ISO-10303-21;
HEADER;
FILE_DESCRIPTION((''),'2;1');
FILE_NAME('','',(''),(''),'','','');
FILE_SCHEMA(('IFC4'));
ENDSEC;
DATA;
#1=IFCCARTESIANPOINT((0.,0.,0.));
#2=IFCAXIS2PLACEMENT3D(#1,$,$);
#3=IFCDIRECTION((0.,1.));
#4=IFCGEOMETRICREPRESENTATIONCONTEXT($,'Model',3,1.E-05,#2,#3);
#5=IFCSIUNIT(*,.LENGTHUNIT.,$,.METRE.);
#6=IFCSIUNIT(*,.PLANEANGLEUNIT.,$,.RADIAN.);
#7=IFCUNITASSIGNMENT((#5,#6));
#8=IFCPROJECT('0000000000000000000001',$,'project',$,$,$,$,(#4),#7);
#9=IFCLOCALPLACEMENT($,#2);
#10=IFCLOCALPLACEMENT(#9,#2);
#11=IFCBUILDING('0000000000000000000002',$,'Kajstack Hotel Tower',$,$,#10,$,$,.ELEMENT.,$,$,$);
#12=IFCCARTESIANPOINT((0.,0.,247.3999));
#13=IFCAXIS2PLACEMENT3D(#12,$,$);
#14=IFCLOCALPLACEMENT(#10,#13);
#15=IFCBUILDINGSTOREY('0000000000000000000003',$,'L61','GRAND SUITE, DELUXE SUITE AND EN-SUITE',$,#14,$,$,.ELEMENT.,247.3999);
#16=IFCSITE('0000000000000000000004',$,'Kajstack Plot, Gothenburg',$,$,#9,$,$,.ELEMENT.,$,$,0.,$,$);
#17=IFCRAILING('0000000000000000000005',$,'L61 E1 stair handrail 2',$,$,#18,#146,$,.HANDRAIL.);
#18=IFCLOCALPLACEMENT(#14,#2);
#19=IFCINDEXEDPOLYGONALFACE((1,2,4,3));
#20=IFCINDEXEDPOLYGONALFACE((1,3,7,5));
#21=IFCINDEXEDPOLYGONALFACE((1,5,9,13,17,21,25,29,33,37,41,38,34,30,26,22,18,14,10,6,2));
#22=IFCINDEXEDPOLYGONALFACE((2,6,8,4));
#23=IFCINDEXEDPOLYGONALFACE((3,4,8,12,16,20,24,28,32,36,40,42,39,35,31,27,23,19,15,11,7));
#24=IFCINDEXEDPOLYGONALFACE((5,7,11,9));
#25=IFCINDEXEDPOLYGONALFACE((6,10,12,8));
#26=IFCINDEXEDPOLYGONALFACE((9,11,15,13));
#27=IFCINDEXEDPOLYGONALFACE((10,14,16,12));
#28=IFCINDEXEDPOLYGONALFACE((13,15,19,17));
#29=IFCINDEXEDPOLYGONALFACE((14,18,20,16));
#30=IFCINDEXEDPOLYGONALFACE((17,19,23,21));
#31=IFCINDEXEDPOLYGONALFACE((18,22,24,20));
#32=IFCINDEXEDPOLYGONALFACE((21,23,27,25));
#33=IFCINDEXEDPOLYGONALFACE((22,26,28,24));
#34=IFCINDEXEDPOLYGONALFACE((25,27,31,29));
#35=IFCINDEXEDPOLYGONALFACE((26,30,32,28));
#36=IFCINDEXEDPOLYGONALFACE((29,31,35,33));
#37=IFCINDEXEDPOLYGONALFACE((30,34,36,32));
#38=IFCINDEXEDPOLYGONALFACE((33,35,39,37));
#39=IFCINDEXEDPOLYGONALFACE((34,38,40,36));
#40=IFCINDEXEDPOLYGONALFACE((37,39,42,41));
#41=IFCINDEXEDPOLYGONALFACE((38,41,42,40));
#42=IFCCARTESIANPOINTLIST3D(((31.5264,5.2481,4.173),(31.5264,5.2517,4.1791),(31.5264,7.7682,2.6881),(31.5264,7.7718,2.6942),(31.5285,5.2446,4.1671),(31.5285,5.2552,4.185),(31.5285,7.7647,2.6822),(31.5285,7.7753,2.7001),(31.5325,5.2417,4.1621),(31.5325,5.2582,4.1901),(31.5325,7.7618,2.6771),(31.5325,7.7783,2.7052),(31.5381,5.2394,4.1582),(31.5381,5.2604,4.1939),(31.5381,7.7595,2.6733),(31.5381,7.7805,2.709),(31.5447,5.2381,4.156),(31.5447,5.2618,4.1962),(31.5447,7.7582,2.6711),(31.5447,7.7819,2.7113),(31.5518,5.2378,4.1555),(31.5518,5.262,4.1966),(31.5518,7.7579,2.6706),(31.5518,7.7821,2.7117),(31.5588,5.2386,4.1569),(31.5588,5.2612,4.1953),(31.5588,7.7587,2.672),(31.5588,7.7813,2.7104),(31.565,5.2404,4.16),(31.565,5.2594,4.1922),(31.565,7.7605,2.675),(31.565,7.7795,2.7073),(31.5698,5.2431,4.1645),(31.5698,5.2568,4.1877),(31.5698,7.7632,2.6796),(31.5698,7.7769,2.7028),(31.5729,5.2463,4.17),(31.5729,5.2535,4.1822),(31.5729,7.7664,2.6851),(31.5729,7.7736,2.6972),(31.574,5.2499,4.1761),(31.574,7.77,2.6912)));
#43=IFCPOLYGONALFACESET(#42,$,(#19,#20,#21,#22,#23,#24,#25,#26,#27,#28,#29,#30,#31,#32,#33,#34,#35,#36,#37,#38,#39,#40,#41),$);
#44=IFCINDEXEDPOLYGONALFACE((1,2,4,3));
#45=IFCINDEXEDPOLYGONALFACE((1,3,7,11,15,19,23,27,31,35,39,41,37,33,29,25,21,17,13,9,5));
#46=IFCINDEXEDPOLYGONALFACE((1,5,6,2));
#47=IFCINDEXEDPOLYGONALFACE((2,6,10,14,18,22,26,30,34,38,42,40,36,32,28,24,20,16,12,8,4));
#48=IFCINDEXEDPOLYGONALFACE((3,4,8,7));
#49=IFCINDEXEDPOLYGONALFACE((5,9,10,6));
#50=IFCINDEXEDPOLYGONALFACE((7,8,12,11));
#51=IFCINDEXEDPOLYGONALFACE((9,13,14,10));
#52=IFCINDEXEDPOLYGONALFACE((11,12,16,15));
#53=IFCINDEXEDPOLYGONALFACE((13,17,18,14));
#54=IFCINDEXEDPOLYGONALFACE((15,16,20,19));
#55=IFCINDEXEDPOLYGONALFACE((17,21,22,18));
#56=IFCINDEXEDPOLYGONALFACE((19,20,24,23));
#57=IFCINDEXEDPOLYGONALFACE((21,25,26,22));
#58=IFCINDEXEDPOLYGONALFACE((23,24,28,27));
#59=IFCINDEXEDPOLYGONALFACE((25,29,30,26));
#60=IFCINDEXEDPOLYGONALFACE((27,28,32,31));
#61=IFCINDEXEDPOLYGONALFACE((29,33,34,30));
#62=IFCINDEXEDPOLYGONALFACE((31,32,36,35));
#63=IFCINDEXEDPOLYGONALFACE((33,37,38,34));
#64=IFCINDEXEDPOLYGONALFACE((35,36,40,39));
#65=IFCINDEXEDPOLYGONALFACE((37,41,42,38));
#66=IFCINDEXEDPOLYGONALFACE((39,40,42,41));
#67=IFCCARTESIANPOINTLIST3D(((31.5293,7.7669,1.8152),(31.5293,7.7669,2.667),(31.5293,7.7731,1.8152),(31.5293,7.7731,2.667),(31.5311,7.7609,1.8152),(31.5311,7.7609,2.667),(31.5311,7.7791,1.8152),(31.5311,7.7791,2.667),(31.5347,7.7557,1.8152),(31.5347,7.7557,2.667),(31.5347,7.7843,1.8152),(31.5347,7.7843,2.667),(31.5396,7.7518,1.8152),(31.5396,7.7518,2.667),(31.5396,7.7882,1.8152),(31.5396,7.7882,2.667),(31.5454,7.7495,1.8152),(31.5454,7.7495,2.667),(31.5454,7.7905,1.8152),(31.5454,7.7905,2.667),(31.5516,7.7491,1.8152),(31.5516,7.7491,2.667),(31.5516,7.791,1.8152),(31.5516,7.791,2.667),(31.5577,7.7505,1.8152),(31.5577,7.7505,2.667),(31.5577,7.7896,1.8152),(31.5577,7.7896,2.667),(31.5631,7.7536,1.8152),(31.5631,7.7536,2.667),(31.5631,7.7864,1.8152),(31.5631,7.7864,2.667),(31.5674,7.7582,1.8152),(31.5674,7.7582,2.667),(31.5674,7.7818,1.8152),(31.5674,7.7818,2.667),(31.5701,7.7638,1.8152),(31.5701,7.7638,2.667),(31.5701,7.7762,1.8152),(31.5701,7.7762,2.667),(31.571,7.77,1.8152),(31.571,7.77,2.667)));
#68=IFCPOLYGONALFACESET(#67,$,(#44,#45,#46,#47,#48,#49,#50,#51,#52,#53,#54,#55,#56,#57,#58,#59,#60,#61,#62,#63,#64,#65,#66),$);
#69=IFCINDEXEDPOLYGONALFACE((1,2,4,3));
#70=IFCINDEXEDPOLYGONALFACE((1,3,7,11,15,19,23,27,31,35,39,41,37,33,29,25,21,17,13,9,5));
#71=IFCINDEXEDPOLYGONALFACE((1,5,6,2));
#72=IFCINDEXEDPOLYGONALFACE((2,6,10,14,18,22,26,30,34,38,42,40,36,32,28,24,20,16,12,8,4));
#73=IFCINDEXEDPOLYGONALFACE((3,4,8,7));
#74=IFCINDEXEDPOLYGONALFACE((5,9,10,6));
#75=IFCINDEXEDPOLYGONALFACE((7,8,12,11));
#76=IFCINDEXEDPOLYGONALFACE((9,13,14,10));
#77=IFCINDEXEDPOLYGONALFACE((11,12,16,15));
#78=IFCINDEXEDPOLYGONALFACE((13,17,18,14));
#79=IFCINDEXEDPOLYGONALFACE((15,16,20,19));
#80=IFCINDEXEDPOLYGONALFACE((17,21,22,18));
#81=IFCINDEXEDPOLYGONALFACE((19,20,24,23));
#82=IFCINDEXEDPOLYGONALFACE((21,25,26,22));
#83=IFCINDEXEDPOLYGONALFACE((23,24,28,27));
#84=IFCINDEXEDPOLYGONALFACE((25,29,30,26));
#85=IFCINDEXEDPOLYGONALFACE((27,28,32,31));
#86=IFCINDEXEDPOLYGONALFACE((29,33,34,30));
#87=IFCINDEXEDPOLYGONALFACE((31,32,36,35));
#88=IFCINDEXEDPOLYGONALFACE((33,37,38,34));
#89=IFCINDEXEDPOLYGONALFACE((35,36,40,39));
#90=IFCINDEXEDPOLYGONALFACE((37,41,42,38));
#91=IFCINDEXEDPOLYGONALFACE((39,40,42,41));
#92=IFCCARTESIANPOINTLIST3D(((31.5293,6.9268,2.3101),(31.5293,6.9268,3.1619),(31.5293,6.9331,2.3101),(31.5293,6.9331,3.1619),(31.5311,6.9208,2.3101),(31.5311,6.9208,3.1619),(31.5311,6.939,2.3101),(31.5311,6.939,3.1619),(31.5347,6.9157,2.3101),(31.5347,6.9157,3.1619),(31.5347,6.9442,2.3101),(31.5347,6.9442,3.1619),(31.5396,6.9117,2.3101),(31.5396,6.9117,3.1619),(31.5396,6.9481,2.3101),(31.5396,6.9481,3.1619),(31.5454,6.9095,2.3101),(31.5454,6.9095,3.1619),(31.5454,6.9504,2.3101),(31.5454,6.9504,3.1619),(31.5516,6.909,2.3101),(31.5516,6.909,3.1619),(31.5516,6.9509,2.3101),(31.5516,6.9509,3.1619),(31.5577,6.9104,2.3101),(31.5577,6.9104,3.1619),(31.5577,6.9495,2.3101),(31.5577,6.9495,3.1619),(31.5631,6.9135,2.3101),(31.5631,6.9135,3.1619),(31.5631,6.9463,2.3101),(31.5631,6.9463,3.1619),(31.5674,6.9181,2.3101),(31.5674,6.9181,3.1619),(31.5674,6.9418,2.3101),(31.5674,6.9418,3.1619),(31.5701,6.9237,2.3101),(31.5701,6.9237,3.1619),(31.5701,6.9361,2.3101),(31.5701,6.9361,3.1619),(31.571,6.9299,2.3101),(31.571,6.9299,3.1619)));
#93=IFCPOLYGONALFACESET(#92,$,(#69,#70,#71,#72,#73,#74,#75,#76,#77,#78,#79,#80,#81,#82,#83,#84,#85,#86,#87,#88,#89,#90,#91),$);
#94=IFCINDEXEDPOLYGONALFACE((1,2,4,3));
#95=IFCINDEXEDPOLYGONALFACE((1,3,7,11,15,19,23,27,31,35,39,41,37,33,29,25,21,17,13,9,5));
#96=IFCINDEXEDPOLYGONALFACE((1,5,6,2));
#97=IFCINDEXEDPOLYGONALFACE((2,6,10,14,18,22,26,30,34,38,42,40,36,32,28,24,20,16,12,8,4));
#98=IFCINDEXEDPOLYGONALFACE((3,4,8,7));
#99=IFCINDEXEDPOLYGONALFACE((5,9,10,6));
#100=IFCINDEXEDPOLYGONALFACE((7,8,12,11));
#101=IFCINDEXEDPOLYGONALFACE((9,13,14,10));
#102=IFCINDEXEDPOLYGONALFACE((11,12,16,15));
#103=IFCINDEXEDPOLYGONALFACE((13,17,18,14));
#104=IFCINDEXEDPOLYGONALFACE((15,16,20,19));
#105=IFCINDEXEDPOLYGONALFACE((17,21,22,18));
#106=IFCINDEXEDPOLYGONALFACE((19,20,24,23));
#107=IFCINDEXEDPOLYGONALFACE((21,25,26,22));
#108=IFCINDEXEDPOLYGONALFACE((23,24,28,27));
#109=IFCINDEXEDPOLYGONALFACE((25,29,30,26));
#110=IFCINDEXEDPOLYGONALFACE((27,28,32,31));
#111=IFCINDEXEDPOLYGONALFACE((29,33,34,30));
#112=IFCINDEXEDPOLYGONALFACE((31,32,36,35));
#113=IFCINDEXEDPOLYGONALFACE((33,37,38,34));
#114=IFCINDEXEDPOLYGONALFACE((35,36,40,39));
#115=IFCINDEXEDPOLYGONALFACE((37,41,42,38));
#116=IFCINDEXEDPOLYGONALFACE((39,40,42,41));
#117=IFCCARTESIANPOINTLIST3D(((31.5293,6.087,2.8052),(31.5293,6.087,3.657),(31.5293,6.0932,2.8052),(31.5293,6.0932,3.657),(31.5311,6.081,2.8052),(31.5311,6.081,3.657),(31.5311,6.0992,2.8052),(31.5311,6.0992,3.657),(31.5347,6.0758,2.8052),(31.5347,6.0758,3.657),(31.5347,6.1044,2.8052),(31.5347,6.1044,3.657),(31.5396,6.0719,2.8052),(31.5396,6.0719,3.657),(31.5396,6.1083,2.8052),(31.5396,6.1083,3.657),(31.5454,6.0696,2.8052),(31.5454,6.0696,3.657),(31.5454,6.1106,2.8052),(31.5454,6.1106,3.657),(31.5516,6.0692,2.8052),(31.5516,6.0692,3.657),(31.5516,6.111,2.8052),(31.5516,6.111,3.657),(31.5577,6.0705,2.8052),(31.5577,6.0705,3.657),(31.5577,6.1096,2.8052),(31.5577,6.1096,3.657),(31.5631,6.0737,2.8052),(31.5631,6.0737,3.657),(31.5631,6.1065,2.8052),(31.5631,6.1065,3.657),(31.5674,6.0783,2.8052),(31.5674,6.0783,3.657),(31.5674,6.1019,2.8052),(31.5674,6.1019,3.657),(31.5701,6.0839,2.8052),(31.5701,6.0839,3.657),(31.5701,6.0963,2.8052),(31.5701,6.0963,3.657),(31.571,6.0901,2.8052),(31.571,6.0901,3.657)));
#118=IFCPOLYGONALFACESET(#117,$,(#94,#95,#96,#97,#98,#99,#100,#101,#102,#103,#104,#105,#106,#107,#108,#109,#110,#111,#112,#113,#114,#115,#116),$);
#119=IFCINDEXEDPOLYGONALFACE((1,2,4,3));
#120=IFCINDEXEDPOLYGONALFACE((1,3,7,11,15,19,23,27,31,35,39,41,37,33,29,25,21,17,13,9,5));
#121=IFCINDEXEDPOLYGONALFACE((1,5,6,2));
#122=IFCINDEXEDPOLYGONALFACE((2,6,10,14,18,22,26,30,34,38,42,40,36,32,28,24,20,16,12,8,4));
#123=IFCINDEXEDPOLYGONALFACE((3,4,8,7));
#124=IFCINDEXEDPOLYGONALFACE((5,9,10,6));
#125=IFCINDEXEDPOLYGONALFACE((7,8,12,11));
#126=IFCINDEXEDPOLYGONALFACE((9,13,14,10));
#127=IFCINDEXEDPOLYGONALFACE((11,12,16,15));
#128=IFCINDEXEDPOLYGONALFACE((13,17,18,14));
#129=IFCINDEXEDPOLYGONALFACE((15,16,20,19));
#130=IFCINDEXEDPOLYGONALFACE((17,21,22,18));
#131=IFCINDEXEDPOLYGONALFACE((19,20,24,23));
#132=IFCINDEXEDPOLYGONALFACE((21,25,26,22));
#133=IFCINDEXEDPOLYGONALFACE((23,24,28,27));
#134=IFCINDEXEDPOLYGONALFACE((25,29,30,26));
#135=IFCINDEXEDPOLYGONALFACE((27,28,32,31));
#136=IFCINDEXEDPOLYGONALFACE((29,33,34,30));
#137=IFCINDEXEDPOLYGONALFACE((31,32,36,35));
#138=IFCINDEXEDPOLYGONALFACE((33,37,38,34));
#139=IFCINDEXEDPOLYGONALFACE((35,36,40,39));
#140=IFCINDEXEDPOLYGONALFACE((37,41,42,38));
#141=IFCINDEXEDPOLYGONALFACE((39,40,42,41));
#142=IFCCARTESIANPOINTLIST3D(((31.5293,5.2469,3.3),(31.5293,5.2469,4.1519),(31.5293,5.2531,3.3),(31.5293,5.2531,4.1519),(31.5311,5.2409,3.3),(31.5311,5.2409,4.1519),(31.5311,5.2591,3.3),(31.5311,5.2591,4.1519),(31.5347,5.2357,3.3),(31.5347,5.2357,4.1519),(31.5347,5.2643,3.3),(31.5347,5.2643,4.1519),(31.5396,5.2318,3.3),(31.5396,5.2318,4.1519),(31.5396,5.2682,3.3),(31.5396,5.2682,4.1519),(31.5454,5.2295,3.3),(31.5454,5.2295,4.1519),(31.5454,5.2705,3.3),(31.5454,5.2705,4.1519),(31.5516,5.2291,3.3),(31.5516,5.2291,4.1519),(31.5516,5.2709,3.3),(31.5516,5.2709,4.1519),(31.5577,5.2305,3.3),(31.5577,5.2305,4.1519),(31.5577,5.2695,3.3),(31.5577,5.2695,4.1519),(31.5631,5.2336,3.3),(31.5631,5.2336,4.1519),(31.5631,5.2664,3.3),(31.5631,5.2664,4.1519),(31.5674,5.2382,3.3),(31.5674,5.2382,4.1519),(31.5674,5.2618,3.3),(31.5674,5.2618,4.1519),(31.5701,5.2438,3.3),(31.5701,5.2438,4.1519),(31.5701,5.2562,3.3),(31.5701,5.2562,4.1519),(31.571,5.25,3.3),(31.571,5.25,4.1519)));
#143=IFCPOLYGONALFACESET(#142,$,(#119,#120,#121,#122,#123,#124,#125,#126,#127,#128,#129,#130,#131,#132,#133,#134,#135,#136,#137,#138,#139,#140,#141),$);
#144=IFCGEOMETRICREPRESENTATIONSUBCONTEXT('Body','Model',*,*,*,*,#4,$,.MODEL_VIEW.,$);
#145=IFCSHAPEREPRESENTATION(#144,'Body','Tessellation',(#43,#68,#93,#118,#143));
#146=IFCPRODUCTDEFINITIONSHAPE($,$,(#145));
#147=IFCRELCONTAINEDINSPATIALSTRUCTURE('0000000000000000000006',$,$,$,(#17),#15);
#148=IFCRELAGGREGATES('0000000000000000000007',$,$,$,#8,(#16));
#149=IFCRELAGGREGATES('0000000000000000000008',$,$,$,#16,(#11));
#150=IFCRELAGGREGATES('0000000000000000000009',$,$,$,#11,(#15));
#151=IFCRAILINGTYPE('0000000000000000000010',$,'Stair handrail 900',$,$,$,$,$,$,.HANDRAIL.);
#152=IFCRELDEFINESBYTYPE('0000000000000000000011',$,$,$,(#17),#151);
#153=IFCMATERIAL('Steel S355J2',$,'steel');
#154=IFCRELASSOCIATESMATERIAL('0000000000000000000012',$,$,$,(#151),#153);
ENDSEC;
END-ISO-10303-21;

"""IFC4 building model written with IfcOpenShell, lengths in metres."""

from ifc_helpers import new_model, si_unit, direction, frame, origin, origin_2d, place, context, subcontext, project, spatial, circle, extrude, material, type_object, element, save


model = new_model("IFC4")

# Units and contexts
model_context = context("Model", 3, precision=1e-05, world=origin(), true_north=direction((0.0, 1.0)))
body_context = subcontext(model_context, "Body", "Model", "MODEL_VIEW")
ifc_project = project(units=[si_unit("LENGTHUNIT", "METRE"), si_unit("PLANEANGLEUNIT", "RADIAN")], contexts=[model_context])

# Site, building, storey
site_placement = place(None, origin())
site = spatial("IfcSite", under=ifc_project, at=site_placement, Name="Kajstack Plot, Gothenburg", CompositionType="ELEMENT", RefElevation=0.0)
building_placement = place(site_placement, origin())
building = spatial("IfcBuilding", under=site, at=building_placement, Name="Kajstack Hotel Tower", CompositionType="ELEMENT")
storey_placement = place(building_placement, frame((0.0, 0.0, 247.3999)))
storey = spatial("IfcBuildingStorey", under=building, at=storey_placement, Name="L61", Description="GRAND SUITE, DELUXE SUITE AND EN-SUITE", CompositionType="ELEMENT", Elevation=247.3999)

# Railing
ifc_material_1 = material(Name="Steel S355J2", Category="steel")
railing_type_1 = type_object("IfcRailingType", Name="Stair handrail 900", PredefinedType="HANDRAIL", material=ifc_material_1)
railing_1_placement = place(storey_placement, frame((31.55, 7.77, 1.8152)))
element("IfcRailing", 1, at=railing_1_placement, inside=storey, type_object=railing_type_1, Name="L61 E1 stair handrail 2", PredefinedType="HANDRAIL", context=body_context, shape_type="SweptSolid", body=[
    extrude(circle(Radius=0.0239, at=origin_2d()), frame((0.0, 0.0, 0.876), z_axis=(0.0, -0.861561, 0.507655), x_axis=(1.0, 0.0, 0.0)), (0.0, 0.0, 1.0), 2.925),
    extrude(circle(Radius=0.021, at=origin_2d()), origin(), (0.0, 0.0, 1.0), 0.8518),
    extrude(circle(Radius=0.021, at=origin_2d()), frame((0.0, -0.8401, 0.4949)), (0.0, 0.0, 1.0), 0.8518),
    extrude(circle(Radius=0.021, at=origin_2d()), frame((0.0, -1.6799, 0.99)), (0.0, 0.0, 1.0), 0.8518),
    extrude(circle(Radius=0.021, at=origin_2d()), frame((0.0, -2.52, 1.4849)), (0.0, 0.0, 1.0), 0.8518),
])

save(model, "model.ifc")
